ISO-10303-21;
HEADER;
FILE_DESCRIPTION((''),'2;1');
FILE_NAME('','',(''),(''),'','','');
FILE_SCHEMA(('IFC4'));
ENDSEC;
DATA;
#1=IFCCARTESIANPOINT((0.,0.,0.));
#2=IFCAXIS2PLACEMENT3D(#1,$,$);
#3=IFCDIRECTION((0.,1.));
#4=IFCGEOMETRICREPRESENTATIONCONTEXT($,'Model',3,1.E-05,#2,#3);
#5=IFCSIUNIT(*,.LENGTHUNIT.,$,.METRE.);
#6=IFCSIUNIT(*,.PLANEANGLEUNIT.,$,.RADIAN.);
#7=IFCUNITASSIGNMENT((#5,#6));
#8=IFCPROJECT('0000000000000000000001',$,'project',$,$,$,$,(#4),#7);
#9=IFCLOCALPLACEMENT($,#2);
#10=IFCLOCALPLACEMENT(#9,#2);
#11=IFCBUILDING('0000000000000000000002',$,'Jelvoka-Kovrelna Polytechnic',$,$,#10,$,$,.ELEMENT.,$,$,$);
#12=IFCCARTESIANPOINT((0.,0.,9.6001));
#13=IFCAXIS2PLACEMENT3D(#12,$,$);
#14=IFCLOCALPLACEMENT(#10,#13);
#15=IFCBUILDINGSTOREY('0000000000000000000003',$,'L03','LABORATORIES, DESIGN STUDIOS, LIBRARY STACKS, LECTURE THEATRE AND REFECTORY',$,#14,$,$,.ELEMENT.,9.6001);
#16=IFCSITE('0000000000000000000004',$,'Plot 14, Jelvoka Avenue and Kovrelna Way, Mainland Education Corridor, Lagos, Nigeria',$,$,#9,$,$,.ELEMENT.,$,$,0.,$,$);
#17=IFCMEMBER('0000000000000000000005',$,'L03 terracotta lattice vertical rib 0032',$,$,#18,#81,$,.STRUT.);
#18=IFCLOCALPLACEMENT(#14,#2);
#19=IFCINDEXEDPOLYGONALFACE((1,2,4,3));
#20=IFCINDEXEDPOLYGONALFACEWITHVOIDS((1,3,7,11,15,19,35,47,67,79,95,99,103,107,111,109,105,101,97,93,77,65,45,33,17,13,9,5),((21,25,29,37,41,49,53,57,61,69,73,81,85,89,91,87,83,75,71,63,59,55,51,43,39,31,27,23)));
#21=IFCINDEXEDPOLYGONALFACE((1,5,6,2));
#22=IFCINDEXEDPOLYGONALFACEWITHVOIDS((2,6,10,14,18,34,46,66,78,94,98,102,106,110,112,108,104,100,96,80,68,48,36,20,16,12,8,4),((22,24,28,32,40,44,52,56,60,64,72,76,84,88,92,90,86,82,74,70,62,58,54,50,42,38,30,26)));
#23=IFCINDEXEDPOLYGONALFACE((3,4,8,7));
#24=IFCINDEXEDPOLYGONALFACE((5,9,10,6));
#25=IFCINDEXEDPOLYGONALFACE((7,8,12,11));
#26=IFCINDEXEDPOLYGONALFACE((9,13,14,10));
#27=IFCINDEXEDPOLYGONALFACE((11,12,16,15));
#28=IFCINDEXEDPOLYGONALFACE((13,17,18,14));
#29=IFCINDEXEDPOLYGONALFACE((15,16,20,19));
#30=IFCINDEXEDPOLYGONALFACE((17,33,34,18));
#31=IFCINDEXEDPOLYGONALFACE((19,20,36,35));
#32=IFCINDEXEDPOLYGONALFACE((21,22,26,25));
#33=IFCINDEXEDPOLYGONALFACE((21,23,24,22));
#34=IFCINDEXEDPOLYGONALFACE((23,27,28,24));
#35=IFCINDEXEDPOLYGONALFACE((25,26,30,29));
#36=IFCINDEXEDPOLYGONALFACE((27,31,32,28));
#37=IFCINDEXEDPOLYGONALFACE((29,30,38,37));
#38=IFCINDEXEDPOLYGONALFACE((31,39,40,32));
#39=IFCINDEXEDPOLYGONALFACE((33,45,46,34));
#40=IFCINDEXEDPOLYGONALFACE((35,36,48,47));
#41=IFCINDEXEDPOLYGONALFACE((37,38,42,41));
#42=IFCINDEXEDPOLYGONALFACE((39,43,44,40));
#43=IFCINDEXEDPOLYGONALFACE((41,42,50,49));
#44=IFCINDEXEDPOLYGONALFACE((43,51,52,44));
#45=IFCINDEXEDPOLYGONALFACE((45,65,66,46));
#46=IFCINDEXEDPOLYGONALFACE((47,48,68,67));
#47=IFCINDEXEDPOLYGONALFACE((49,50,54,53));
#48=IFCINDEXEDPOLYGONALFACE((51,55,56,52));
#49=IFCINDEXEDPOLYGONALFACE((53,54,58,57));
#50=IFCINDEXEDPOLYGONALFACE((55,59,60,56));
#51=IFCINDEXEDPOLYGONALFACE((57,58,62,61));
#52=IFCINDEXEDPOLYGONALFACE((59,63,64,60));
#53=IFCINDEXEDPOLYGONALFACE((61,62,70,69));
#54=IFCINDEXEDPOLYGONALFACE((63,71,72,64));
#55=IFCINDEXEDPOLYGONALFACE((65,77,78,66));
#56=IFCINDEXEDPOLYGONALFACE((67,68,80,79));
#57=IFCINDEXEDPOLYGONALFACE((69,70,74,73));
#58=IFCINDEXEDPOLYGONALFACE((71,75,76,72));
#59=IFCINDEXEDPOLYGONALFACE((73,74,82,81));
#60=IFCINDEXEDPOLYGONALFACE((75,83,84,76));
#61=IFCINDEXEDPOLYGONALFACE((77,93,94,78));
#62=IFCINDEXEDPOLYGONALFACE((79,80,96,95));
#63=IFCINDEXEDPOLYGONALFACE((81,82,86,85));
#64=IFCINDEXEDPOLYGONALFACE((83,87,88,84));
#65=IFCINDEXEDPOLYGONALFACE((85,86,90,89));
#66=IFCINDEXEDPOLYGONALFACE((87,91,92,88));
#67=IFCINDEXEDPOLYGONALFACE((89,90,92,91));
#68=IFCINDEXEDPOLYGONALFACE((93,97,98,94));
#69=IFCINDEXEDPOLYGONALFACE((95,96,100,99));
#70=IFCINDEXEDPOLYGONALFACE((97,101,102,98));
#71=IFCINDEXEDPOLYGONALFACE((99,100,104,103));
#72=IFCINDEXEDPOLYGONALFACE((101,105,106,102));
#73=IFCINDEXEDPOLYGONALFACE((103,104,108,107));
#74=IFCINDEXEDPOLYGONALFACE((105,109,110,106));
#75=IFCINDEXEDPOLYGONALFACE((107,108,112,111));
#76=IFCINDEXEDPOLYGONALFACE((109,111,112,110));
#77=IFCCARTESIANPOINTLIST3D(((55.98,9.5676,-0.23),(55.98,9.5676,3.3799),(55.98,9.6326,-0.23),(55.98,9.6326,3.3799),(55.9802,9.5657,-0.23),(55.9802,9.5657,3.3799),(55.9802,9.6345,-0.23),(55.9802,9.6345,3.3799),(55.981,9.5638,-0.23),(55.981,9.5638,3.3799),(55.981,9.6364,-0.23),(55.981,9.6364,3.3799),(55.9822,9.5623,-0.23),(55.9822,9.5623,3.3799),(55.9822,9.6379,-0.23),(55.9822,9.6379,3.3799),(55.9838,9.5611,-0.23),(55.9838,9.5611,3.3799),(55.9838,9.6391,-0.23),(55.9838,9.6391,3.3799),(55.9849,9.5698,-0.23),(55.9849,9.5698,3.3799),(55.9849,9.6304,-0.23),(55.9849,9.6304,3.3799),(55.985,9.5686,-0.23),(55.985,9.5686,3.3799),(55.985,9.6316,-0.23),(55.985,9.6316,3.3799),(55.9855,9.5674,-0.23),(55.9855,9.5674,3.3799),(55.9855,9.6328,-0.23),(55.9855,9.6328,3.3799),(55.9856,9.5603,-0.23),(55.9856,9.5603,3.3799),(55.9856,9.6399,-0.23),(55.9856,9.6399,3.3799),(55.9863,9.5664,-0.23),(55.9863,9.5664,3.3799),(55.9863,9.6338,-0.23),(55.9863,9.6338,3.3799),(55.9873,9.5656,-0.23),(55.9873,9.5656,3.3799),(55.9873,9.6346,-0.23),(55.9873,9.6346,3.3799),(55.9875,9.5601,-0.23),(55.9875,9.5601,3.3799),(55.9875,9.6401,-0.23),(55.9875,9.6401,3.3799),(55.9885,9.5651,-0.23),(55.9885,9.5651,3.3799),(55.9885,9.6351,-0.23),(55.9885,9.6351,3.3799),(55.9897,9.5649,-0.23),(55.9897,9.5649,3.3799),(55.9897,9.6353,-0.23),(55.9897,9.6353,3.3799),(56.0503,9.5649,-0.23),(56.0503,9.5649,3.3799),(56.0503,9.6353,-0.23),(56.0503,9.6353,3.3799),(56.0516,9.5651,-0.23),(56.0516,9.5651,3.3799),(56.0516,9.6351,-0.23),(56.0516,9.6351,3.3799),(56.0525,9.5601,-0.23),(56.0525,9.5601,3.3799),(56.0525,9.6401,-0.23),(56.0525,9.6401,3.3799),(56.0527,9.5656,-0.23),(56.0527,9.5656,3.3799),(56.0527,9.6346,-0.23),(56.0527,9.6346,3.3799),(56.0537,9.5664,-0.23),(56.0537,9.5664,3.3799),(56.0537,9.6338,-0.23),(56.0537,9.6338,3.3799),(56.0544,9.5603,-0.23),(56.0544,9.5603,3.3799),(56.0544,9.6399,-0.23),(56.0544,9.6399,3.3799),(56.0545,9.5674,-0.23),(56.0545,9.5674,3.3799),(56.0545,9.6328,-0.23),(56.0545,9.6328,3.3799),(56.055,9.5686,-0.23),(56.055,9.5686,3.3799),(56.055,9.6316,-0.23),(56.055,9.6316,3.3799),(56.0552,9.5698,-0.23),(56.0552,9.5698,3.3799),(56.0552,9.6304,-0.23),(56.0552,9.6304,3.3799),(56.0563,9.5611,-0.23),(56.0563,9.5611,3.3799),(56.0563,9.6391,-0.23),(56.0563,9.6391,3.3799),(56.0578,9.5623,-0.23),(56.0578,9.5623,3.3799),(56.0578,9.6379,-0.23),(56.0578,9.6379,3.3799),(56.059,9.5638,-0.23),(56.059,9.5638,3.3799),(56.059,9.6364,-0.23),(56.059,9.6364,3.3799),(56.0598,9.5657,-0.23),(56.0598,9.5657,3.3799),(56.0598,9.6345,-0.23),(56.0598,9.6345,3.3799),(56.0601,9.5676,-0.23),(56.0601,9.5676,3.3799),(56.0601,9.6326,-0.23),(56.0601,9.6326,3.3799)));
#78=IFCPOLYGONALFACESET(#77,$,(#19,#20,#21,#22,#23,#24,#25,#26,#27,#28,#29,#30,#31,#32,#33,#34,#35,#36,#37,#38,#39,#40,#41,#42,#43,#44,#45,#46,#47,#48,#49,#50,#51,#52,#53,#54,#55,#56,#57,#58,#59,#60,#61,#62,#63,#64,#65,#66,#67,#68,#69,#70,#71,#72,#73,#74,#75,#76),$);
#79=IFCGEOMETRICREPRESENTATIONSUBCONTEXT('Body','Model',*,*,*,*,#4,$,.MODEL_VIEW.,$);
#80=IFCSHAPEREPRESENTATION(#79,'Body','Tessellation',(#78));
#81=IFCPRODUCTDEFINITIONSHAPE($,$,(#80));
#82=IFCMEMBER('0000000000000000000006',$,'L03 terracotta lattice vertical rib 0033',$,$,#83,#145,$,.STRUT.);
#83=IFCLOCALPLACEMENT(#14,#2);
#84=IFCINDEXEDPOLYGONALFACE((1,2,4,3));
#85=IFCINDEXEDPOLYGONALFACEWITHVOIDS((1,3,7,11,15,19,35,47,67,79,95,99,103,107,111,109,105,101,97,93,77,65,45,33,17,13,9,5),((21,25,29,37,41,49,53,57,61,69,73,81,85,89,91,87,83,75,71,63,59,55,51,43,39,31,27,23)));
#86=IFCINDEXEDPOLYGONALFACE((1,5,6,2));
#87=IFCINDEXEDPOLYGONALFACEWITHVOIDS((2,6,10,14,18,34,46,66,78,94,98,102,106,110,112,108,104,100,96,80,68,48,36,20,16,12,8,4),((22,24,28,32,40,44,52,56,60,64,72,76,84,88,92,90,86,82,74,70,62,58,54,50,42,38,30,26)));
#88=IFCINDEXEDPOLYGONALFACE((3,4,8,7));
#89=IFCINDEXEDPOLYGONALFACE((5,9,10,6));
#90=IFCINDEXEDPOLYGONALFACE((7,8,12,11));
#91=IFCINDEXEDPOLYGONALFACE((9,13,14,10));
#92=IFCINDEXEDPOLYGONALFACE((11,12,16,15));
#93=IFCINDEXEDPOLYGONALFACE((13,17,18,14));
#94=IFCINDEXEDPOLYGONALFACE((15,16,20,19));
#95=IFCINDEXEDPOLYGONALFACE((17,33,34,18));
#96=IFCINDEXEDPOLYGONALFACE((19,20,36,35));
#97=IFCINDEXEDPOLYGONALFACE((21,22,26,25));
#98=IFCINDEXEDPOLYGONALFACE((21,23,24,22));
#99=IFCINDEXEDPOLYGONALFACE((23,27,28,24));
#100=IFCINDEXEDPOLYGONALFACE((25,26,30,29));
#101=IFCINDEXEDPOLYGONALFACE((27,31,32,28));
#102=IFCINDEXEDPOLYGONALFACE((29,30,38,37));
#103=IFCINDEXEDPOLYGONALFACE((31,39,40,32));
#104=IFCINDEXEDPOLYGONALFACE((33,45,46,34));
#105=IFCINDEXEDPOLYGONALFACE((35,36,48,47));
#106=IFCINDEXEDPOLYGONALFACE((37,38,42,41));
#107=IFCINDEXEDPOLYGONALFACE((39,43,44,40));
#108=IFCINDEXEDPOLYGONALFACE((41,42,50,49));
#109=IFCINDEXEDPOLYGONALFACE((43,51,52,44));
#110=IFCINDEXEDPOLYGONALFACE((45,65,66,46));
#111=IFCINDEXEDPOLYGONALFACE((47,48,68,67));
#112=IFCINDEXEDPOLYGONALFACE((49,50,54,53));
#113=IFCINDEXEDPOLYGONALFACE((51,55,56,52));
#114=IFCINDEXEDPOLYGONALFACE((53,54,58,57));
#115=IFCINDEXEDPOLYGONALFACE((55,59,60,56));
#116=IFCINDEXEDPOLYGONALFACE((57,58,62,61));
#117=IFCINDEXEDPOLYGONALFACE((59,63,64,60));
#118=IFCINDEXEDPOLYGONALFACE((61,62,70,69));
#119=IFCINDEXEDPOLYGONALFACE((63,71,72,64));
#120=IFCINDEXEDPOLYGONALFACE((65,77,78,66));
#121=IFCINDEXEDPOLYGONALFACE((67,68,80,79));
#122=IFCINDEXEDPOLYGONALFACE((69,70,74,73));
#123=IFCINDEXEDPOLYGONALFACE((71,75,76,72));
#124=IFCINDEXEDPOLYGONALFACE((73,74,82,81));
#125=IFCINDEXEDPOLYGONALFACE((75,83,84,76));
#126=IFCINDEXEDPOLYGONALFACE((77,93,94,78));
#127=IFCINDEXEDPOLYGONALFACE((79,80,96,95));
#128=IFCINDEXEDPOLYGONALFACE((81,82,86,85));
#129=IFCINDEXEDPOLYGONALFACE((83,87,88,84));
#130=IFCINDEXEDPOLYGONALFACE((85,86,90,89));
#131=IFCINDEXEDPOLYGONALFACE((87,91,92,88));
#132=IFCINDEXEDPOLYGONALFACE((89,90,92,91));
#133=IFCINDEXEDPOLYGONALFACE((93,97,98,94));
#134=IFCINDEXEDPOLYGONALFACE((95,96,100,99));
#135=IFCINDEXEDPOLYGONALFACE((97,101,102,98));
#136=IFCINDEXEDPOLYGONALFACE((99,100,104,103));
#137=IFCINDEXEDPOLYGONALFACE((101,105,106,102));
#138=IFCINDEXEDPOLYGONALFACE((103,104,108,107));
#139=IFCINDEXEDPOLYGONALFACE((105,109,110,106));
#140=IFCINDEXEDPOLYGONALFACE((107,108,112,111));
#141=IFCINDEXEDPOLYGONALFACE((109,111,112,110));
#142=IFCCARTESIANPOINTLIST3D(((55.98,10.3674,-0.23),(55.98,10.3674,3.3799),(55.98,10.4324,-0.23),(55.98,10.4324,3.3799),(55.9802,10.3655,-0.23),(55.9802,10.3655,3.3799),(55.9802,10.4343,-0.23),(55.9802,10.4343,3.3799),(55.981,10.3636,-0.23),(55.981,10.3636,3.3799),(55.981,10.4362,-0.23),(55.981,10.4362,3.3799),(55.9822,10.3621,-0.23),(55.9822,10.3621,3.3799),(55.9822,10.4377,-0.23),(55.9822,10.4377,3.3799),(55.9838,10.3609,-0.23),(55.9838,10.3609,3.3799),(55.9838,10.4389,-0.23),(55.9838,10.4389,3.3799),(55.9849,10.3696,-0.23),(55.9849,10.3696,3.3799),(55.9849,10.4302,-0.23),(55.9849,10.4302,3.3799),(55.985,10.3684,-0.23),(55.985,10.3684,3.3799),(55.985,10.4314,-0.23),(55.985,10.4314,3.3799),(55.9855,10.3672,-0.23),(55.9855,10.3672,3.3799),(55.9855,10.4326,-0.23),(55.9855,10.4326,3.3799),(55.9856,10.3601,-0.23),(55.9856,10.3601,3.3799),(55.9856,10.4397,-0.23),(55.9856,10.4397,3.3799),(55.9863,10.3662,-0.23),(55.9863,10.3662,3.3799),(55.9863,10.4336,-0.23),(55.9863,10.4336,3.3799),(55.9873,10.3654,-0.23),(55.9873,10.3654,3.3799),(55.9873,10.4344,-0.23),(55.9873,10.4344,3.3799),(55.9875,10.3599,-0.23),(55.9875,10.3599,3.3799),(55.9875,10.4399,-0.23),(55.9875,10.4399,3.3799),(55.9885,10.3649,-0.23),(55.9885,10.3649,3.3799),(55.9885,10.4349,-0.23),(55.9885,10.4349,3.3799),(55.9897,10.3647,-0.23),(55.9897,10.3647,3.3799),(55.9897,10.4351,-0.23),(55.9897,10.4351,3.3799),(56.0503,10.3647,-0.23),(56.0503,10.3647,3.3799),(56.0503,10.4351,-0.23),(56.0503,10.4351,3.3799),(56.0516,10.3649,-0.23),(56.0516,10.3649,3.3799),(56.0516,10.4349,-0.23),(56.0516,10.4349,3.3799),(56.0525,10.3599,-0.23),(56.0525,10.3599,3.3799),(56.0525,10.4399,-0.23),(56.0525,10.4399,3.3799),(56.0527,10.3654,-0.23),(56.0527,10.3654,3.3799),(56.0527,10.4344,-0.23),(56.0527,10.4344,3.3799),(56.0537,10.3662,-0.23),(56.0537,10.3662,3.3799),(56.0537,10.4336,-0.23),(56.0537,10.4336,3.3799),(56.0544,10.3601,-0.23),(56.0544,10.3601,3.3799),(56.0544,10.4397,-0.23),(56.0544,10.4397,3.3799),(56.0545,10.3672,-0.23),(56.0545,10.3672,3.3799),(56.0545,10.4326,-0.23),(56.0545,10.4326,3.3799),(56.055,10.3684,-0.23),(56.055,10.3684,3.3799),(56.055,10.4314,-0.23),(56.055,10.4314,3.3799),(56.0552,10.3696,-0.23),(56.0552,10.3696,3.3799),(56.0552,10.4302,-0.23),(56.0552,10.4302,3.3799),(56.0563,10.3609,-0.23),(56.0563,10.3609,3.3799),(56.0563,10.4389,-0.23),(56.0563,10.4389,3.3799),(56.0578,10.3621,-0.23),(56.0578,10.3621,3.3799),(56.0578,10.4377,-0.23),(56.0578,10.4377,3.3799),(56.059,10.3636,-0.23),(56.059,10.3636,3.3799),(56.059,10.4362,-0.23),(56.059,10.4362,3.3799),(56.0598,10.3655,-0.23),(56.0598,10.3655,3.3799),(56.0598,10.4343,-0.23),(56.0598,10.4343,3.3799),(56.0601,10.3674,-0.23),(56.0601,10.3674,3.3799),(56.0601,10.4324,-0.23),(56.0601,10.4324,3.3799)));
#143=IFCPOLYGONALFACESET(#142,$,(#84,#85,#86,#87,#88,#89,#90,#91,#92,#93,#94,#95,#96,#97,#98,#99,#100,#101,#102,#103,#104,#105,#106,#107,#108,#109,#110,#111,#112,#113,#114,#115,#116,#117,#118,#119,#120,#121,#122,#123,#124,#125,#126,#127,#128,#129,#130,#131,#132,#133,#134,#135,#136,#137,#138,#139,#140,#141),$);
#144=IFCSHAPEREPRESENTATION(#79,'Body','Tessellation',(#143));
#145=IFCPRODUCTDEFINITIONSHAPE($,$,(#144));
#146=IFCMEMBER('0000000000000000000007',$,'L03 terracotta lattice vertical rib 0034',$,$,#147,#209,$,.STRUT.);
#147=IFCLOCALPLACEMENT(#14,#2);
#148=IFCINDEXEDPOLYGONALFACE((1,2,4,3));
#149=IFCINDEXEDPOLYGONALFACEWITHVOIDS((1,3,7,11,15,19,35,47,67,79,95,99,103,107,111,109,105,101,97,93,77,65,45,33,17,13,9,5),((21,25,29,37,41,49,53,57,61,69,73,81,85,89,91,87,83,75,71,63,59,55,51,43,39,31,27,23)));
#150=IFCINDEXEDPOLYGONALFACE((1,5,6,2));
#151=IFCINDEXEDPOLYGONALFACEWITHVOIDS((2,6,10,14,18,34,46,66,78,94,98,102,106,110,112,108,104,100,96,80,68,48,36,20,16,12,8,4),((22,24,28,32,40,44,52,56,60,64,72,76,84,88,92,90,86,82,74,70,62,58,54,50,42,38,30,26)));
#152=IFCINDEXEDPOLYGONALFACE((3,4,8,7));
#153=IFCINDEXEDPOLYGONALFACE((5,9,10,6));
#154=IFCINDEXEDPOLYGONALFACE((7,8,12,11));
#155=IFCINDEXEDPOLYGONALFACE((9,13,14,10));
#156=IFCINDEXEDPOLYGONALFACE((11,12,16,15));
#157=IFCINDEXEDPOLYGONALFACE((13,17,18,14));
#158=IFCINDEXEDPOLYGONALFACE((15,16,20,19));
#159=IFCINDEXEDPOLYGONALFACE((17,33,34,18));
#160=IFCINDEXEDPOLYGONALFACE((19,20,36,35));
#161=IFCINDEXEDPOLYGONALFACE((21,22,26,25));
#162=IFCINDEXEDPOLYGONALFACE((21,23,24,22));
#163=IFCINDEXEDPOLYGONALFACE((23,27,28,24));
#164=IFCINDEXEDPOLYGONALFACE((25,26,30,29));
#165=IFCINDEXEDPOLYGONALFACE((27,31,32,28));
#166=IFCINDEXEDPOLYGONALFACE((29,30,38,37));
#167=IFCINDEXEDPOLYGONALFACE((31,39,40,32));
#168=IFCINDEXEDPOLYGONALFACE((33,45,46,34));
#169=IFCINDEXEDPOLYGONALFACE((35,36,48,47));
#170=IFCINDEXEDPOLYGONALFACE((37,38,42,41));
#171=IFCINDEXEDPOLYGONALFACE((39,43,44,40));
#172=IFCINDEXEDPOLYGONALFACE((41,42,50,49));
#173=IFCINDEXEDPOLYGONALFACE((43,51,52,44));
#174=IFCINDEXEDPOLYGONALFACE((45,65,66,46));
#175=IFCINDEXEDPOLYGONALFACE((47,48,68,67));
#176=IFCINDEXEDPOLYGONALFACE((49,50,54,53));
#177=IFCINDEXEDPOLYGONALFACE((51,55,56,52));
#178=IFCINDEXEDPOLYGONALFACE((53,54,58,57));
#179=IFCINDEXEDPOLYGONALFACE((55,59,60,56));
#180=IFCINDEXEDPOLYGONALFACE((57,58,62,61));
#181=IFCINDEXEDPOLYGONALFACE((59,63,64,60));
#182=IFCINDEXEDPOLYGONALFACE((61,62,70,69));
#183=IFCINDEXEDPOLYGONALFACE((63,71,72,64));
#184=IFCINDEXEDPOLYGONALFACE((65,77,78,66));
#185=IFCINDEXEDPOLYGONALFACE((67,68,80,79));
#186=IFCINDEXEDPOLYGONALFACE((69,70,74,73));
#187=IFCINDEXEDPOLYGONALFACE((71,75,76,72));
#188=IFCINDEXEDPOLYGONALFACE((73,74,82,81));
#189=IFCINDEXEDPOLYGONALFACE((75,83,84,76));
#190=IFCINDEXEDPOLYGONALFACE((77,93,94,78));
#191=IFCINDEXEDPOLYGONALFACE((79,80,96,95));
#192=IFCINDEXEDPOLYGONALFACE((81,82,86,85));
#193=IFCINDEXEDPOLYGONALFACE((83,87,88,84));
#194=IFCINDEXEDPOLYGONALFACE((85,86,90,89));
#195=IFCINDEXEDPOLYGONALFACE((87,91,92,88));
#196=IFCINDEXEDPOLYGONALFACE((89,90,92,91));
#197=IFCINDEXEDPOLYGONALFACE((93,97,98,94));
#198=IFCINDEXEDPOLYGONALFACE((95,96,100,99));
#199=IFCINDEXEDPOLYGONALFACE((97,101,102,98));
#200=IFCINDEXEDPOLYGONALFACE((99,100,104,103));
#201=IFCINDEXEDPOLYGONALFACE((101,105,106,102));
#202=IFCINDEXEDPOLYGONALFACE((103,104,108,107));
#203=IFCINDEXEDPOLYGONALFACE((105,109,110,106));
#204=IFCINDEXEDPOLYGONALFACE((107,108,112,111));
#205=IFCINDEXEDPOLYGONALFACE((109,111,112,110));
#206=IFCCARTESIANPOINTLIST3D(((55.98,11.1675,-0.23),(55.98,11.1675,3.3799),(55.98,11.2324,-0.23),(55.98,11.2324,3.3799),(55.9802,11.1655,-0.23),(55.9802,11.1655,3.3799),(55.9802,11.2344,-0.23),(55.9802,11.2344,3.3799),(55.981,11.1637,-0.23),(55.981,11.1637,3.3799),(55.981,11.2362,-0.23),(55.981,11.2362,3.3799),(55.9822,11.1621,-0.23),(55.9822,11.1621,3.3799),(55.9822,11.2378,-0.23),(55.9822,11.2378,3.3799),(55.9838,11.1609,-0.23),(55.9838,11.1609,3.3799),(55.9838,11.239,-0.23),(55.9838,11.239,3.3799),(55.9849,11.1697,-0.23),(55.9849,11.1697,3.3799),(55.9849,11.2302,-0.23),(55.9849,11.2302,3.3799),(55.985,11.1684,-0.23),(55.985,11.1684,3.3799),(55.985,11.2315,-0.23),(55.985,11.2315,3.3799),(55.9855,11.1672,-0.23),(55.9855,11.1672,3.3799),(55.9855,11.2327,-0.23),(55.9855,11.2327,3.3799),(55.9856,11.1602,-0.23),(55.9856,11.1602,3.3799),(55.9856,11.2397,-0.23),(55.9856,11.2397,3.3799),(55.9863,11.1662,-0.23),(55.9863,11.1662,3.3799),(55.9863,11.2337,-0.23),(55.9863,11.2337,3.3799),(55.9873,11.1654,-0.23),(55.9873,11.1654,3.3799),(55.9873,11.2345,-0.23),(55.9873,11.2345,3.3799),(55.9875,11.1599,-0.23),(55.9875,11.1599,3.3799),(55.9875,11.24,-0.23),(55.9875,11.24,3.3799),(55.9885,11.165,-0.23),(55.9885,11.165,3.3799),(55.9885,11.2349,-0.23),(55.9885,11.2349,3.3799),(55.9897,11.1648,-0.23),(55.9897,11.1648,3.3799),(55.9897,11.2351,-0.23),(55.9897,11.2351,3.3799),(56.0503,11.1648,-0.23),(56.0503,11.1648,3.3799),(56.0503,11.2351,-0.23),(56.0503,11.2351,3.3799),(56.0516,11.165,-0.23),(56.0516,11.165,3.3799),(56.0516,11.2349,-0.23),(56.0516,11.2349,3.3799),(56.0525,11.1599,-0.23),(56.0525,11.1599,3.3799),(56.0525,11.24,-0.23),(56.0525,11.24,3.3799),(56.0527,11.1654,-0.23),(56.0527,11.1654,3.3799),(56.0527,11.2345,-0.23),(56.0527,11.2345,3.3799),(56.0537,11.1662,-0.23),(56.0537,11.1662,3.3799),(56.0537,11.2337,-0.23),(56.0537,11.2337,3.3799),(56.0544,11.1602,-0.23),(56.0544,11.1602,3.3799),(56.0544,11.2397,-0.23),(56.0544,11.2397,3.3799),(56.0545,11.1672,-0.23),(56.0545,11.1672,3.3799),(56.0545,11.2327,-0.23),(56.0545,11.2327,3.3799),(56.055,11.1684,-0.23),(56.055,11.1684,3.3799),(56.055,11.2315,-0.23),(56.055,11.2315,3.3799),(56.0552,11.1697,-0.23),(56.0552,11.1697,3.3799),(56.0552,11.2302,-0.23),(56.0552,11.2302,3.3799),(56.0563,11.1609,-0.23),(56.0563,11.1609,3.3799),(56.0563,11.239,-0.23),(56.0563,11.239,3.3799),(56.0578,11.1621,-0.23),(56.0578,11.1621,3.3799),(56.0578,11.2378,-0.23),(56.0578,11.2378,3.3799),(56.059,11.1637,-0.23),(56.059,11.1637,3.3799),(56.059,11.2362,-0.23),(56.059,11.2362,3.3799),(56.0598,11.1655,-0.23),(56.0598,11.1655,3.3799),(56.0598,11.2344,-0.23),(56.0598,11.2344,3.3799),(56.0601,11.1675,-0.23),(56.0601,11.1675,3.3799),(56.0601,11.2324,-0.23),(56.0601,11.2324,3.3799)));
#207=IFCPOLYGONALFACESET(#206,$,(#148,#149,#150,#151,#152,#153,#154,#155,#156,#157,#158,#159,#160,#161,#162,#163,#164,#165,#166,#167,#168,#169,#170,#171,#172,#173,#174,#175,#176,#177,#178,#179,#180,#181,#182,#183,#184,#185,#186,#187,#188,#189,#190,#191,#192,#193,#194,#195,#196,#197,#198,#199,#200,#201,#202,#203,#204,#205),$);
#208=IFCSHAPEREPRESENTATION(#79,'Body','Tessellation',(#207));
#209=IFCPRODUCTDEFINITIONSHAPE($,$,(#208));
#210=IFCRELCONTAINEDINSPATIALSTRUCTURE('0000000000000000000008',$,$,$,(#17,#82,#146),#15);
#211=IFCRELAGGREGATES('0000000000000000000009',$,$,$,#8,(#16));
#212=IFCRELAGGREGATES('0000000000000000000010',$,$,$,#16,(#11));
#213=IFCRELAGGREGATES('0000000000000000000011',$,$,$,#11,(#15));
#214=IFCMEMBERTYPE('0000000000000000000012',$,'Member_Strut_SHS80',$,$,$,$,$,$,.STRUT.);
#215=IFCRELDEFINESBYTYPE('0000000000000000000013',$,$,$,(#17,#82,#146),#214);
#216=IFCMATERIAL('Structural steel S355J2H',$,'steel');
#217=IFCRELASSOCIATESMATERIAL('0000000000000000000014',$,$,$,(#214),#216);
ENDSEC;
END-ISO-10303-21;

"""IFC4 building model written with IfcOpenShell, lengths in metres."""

from ifc_helpers import new_model, si_unit, direction, frame, origin, origin_2d, place, context, subcontext, project, spatial, hollow_rectangle, extrude, material, material_profile, profile_set, type_object, element, save


model = new_model("IFC4")

# Units and contexts
model_context = context("Model", 3, precision=1e-05, world=origin(), true_north=direction((0.0, 1.0)))
body_context = subcontext(model_context, "Body", "Model", "MODEL_VIEW")
ifc_project = project(units=[si_unit("LENGTHUNIT", "METRE"), si_unit("PLANEANGLEUNIT", "RADIAN")], contexts=[model_context])

# Site, building, storey
site_placement = place(None, origin())
site = spatial("IfcSite", under=ifc_project, at=site_placement, Name="Plot 14, Jelvoka Avenue and Kovrelna Way, Mainland Education Corridor, Lagos, Nigeria", CompositionType="ELEMENT", RefElevation=0.0)
building_placement = place(site_placement, origin())
building = spatial("IfcBuilding", under=site, at=building_placement, Name="Jelvoka-Kovrelna Polytechnic", CompositionType="ELEMENT")
storey_placement = place(building_placement, frame((0.0, 0.0, 9.6001)))
storey = spatial("IfcBuildingStorey", under=building, at=storey_placement, Name="L03", Description="LABORATORIES, DESIGN STUDIOS, LIBRARY STACKS, LECTURE THEATRE AND REFECTORY", CompositionType="ELEMENT", Elevation=9.6001)

# Members
ifc_material_1 = material(Name="Structural steel S355J2H", Category="steel")
ifc_material_profile_1 = material_profile(ifc_material_1, hollow_rectangle(XDim=0.0801, YDim=0.0801, WallThickness=0.0049, InnerFilletRadius=0.0049, OuterFilletRadius=0.0076, at=origin_2d()), Name="80x80x5.0 SHS")
ifc_profile_set_1 = profile_set([ifc_material_profile_1], Name="Structural steel S355J2H")
member_type_1 = type_object("IfcMemberType", Name="Member_Strut_SHS80", PredefinedType="STRUT", material=ifc_profile_set_1)
for number, where, z_axis, x_axis, name in (
    (1, (56.02, 9.6001, -0.23), (0.0, 0.0, 1.0), (1.0, 0.0, 0.0), "L03 terracotta lattice vertical rib 0032"),
    (2, (56.02, 10.3999, -0.23), (0.0, 0.0, 1.0), (1.0, 0.0, 0.0), "L03 terracotta lattice vertical rib 0033"),
    (3, (56.02, 11.2, -0.23), (0.0, 0.0, 1.0), (1.0, 0.0, 0.0), "L03 terracotta lattice vertical rib 0034"),
):
    element("IfcMember", number, at=place(storey_placement, frame(where, z_axis=z_axis, x_axis=x_axis)), inside=storey, type_object=member_type_1, Name=name, PredefinedType="STRUT", context=body_context, shape_type="SweptSolid", body=[
        extrude(hollow_rectangle(XDim=0.0801, YDim=0.0801, WallThickness=0.0049, InnerFilletRadius=0.0049, OuterFilletRadius=0.0076, at=origin_2d()), origin(), (0.0, 0.0, 1.0), 3.6099),
    ])

save(model, "model.ifc")
